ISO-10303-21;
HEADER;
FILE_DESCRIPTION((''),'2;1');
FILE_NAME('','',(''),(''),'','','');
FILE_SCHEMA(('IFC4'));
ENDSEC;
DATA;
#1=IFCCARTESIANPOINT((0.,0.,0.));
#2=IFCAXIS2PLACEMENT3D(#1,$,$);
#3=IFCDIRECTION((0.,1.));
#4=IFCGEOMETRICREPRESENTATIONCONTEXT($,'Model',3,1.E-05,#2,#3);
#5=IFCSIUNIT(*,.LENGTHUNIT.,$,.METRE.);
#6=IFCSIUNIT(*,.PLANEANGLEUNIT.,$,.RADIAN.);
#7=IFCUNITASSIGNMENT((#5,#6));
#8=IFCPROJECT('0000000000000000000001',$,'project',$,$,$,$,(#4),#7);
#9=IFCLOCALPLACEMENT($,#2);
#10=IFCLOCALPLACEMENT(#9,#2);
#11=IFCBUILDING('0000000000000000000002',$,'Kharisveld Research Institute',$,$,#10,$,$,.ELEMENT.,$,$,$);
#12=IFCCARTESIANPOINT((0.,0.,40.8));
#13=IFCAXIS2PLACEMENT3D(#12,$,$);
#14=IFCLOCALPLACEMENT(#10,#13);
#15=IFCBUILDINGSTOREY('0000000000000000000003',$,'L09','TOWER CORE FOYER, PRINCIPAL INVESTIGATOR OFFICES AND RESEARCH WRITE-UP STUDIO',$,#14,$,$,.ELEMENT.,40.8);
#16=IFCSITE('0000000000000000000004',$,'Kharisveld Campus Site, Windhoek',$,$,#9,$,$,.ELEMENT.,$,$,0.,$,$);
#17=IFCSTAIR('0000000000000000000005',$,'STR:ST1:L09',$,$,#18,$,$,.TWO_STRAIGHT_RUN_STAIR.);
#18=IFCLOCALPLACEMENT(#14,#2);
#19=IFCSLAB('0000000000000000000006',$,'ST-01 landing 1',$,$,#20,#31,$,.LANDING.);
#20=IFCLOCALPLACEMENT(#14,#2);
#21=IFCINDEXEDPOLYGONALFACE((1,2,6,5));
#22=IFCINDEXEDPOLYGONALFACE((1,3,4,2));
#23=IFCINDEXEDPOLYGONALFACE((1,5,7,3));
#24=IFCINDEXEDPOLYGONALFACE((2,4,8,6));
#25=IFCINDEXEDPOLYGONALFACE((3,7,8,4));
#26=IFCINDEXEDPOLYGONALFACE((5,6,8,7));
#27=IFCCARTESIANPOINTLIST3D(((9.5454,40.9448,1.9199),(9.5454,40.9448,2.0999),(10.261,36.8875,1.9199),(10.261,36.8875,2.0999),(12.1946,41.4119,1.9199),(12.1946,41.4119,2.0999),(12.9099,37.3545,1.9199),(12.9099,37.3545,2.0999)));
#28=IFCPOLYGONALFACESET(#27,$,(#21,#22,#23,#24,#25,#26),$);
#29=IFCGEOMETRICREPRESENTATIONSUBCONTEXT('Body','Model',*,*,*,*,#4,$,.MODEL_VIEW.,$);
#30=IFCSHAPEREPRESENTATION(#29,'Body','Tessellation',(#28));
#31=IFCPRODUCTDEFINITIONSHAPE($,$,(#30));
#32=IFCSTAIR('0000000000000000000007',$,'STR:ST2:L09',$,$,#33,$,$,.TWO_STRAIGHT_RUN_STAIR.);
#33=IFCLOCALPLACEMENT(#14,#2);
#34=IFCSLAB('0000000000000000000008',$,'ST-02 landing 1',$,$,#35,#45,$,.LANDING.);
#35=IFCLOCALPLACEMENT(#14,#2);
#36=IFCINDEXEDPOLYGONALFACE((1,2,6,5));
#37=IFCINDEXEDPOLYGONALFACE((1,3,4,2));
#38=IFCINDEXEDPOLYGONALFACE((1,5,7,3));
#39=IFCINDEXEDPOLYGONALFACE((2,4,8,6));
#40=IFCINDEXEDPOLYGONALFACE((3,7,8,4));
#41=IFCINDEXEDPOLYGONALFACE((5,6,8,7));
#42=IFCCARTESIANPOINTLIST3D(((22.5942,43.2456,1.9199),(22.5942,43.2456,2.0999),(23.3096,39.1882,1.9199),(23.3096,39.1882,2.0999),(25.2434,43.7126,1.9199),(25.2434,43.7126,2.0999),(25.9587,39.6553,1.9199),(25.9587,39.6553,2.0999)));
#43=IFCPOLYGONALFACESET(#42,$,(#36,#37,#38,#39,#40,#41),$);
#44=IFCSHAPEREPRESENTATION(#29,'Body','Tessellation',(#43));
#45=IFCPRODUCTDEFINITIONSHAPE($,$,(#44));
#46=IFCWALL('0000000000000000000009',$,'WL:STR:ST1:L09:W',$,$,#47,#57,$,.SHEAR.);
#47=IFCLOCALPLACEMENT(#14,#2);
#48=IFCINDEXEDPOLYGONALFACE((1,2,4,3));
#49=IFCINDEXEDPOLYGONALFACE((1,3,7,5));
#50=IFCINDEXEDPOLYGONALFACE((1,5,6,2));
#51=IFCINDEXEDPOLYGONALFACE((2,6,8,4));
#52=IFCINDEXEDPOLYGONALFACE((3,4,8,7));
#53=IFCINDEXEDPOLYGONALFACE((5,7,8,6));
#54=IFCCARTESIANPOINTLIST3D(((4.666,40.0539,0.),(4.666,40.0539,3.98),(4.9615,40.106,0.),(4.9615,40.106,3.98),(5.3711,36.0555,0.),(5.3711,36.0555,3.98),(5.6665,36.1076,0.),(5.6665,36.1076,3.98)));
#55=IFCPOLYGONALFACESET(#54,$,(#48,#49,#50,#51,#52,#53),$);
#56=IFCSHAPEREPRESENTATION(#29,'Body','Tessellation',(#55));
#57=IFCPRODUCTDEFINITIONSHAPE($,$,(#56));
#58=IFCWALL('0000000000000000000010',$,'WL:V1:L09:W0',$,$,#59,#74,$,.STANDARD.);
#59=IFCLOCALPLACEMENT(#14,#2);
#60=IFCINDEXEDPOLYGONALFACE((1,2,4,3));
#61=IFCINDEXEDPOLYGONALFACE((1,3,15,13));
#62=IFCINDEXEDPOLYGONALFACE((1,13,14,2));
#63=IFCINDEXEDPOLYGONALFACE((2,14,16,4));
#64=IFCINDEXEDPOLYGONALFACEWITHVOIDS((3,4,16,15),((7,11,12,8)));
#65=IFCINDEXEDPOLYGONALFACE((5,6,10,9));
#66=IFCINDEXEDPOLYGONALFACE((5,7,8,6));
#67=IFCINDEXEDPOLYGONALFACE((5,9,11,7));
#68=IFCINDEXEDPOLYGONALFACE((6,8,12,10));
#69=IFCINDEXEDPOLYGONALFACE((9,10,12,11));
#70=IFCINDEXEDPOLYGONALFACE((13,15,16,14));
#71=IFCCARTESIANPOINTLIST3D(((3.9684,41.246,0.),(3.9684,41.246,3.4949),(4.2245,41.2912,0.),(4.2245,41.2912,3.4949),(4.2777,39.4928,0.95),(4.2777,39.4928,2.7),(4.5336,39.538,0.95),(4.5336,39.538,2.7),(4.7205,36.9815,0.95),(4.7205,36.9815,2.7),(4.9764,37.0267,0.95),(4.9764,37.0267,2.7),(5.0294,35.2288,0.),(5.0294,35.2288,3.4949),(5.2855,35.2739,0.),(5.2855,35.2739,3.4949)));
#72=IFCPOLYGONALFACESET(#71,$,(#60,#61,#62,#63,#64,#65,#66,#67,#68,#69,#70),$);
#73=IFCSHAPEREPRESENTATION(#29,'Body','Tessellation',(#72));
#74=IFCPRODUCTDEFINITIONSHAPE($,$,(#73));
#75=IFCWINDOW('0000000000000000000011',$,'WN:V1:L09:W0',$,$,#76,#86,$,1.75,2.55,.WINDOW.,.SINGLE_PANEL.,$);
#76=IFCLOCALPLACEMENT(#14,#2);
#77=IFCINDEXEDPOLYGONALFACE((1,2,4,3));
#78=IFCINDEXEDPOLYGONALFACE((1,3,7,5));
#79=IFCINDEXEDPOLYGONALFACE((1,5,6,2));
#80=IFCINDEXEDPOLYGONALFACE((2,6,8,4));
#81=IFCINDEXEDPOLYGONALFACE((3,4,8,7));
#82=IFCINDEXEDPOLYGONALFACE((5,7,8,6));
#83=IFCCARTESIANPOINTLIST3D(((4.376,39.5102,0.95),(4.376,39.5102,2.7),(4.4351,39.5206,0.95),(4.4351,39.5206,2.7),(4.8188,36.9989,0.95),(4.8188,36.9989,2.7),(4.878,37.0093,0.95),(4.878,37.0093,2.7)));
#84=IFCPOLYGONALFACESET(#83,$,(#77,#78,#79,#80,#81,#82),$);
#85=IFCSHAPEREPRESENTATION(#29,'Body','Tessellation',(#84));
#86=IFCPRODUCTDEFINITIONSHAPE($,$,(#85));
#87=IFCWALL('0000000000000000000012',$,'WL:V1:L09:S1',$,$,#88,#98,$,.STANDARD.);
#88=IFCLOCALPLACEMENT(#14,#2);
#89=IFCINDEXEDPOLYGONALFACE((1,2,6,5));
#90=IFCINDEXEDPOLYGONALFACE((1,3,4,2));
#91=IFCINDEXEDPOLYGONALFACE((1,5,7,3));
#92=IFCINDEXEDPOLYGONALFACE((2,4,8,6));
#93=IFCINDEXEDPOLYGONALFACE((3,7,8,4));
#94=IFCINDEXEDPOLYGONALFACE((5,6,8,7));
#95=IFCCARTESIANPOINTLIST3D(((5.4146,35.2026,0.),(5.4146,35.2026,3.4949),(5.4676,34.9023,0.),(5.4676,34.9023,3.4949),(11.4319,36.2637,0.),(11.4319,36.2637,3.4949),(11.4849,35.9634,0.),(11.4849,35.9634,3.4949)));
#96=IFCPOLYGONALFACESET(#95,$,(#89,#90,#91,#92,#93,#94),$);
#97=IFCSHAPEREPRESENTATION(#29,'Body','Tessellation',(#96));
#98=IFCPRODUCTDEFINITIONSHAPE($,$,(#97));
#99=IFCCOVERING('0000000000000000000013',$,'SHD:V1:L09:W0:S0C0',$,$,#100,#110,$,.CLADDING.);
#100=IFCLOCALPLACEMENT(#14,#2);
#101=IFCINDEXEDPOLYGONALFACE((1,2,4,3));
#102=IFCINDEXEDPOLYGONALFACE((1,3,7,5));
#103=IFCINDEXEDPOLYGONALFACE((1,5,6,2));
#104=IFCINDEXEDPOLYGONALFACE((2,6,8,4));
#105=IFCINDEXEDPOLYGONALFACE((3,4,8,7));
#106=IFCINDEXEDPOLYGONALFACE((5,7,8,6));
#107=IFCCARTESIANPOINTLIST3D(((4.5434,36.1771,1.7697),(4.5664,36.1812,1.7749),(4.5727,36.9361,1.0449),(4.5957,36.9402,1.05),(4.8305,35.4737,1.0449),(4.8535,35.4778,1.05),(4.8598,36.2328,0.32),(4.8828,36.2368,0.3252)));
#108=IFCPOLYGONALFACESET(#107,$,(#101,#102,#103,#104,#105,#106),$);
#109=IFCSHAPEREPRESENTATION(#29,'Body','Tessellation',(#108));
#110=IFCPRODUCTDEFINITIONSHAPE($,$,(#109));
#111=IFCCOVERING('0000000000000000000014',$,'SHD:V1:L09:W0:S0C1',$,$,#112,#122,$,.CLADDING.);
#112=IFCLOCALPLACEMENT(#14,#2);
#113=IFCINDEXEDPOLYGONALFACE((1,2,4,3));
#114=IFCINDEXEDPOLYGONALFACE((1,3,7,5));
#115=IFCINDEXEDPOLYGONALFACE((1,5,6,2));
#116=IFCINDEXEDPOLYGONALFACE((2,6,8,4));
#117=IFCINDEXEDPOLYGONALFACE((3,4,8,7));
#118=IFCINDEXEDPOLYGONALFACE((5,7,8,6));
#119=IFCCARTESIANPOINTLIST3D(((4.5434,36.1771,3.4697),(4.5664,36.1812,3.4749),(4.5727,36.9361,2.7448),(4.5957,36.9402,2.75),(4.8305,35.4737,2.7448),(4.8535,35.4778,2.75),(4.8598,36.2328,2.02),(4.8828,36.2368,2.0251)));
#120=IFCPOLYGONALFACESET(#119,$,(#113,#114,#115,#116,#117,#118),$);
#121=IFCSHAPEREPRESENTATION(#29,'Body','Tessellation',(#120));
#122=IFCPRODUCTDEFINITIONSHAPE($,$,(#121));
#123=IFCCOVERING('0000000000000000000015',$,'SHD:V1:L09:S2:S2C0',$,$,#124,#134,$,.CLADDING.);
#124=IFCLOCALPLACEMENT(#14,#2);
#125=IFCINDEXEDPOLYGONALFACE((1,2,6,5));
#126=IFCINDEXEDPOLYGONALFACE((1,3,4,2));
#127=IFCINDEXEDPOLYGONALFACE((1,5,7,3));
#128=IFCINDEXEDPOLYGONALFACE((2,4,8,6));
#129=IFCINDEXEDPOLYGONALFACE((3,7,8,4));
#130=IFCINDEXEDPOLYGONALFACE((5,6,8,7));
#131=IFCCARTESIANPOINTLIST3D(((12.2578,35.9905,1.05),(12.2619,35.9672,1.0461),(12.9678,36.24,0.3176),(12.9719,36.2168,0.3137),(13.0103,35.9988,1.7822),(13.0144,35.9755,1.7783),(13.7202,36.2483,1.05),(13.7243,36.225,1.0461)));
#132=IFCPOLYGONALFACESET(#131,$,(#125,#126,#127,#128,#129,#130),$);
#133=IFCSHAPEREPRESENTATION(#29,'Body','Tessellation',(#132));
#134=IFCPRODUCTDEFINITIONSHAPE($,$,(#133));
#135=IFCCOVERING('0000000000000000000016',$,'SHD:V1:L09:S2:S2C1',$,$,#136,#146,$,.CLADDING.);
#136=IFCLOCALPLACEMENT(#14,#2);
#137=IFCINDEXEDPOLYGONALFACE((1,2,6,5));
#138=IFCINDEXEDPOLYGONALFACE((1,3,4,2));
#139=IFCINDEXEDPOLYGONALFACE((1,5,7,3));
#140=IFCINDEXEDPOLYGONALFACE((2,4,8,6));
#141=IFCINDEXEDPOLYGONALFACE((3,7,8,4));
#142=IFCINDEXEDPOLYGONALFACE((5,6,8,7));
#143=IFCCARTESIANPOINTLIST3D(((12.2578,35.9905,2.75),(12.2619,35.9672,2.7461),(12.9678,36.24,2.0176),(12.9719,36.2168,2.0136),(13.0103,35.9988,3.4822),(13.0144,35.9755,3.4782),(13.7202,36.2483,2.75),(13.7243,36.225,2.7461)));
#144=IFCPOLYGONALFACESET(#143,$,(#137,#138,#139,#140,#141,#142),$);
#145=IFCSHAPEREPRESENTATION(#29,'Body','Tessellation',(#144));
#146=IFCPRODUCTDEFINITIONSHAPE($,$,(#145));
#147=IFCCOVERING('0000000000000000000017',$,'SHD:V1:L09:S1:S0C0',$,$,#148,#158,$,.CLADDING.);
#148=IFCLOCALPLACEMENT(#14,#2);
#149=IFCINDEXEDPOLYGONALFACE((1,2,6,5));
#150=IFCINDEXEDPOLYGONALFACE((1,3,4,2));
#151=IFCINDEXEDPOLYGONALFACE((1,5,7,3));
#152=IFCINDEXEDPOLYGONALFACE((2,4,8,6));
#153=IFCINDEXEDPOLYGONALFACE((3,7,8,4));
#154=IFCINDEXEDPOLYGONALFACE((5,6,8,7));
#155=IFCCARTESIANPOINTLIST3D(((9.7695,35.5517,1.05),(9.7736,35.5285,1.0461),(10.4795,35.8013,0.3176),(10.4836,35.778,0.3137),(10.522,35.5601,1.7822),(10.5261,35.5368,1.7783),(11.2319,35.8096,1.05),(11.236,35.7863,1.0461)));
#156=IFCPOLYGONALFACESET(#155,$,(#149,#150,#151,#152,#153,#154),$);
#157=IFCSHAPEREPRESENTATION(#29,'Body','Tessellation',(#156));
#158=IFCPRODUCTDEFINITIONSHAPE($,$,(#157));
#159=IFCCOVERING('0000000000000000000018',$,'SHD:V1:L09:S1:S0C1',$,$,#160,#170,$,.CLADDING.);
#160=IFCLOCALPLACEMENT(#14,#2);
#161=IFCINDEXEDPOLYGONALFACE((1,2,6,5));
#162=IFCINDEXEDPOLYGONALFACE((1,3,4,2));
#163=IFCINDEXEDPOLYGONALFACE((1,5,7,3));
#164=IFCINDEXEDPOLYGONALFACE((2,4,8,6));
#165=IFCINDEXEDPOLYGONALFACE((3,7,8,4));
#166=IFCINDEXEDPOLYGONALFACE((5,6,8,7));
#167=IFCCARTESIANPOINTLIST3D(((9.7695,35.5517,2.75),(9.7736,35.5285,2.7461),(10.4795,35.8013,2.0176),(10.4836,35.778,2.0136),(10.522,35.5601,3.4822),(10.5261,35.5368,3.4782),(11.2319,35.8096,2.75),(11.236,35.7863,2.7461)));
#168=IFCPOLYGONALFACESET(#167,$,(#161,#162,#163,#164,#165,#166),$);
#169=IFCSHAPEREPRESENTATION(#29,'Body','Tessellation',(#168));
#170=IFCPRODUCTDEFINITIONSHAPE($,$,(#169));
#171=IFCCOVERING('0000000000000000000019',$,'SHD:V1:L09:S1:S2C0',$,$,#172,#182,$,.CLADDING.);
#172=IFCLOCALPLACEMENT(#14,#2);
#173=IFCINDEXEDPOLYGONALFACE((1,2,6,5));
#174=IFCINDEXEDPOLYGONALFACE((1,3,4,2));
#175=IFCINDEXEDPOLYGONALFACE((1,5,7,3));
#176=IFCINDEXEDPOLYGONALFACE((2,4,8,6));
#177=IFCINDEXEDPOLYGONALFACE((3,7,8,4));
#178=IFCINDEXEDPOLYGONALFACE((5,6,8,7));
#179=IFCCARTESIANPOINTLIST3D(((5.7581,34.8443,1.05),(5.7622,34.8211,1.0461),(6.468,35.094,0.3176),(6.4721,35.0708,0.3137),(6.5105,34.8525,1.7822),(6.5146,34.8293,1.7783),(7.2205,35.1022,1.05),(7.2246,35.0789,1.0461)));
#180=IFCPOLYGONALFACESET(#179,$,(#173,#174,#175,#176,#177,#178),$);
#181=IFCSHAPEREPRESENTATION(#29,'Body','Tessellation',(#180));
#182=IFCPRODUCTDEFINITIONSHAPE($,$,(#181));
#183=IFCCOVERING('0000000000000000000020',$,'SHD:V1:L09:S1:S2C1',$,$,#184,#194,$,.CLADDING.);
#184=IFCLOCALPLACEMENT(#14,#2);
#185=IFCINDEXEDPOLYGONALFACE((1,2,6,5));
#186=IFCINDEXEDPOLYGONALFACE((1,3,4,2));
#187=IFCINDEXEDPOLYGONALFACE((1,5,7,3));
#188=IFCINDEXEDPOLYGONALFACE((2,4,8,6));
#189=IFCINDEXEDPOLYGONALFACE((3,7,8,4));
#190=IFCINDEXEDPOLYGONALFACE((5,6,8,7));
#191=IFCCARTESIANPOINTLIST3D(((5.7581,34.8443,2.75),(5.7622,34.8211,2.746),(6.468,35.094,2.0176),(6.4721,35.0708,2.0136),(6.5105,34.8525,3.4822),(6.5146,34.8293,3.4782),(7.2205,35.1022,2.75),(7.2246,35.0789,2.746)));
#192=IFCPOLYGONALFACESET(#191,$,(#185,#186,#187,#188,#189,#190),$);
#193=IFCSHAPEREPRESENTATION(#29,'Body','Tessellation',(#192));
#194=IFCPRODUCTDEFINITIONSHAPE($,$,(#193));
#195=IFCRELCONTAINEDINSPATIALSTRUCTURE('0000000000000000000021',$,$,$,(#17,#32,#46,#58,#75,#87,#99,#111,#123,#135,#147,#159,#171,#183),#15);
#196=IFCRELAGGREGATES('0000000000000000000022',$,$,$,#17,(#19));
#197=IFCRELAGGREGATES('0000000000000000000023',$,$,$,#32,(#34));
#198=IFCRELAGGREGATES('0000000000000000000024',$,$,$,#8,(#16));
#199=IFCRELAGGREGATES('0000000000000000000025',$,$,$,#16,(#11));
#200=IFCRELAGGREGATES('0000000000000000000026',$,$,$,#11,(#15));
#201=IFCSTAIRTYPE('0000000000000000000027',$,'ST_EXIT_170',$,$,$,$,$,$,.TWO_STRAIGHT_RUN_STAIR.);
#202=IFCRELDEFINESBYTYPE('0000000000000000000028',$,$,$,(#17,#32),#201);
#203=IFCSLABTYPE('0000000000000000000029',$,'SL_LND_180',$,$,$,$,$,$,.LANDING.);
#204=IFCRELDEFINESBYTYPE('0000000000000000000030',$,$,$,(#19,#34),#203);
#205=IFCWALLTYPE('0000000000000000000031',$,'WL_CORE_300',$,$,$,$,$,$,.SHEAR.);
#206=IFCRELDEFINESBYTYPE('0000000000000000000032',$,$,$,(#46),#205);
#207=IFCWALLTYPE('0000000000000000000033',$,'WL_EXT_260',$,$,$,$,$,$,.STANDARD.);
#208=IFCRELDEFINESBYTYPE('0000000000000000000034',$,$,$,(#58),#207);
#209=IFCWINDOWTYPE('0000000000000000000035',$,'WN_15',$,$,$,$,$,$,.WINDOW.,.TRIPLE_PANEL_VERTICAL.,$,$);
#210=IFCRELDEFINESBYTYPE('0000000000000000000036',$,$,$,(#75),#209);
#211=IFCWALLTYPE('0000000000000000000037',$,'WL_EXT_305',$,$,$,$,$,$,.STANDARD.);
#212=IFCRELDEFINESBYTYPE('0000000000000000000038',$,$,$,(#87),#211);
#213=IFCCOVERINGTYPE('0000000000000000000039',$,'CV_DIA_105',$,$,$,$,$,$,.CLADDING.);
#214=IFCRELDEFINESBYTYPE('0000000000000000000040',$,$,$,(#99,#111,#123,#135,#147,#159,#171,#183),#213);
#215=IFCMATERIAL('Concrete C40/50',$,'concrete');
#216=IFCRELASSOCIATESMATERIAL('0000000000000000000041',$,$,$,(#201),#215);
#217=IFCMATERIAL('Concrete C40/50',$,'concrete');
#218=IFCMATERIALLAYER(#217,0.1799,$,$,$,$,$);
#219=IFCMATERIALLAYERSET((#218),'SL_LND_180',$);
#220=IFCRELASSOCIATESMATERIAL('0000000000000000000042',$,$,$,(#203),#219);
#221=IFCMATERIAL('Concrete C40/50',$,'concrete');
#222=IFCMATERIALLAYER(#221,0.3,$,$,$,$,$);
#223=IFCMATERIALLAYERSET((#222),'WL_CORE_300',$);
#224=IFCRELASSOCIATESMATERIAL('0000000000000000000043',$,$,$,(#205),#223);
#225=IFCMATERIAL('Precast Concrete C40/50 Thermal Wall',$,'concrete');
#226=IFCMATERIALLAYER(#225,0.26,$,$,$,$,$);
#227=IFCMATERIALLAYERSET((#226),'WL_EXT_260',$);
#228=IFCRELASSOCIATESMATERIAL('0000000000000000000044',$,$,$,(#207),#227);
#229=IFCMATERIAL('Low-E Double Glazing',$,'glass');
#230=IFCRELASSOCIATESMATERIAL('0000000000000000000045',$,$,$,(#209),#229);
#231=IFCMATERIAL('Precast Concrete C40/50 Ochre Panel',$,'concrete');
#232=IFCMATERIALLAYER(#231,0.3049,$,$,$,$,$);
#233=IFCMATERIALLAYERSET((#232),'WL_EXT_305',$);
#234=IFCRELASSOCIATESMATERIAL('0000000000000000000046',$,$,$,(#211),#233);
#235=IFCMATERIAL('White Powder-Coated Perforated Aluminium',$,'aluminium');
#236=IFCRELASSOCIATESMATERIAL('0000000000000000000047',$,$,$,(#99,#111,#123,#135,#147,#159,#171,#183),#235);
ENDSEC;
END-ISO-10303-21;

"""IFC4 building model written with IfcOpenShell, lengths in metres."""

from ifc_helpers import new_model, si_unit, direction, frame, frame_2d, origin, place, context, subcontext, project, spatial, polyline, rectangle, outline, extrude, material, layer, layer_set, type_object, element, fill, aggregate, save


model = new_model("IFC4")

# Units and contexts
model_context = context("Model", 3, precision=1e-05, world=origin(), true_north=direction((0.0, 1.0)))
body_context = subcontext(model_context, "Body", "Model", "MODEL_VIEW")
ifc_project = project(units=[si_unit("LENGTHUNIT", "METRE"), si_unit("PLANEANGLEUNIT", "RADIAN")], contexts=[model_context])

# Site, building, storey
site_placement = place(None, origin())
site = spatial("IfcSite", under=ifc_project, at=site_placement, Name="Kharisveld Campus Site, Windhoek", CompositionType="ELEMENT", RefElevation=0.0)
building_placement = place(site_placement, origin())
building = spatial("IfcBuilding", under=site, at=building_placement, Name="Kharisveld Research Institute", CompositionType="ELEMENT")
storey_placement = place(building_placement, frame((0.0, 0.0, 40.8)))
storey = spatial("IfcBuildingStorey", under=building, at=storey_placement, Name="L09", Description="TOWER CORE FOYER, PRINCIPAL INVESTIGATOR OFFICES AND RESEARCH WRITE-UP STUDIO", CompositionType="ELEMENT", Elevation=40.8)

# Stairs, slabs
ifc_material_1 = material(Name="Concrete C40/50", Category="concrete")
stair_type = type_object("IfcStairType", Name="ST_EXIT_170", PredefinedType="TWO_STRAIGHT_RUN_STAIR", material=ifc_material_1)
stair_1_placement = place(storey_placement, origin())
stair_1 = element("IfcStair", 1, at=stair_1_placement, inside=storey, type_object=stair_type, Name="STR:ST1:L09", PredefinedType="TWO_STRAIGHT_RUN_STAIR")
ifc_material_2 = material(Name="Concrete C40/50", Category="concrete")
ifc_layer_1 = layer(ifc_material_2, 0.1799)
ifc_layer_set_1 = layer_set([ifc_layer_1], Name="SL_LND_180")
slab_type_1 = type_object("IfcSlabType", Name="SL_LND_180", PredefinedType="LANDING", material=ifc_layer_set_1)
slab_1_placement = place(storey_placement, frame((0.0, 0.0, 1.9199)))
slab_1 = element("IfcSlab", 2, at=slab_1_placement, type_object=slab_type_1, Name="ST-01 landing 1", PredefinedType="LANDING", context=body_context, shape_type="SweptSolid", body=[
    extrude(outline(polyline([(10.261, 36.8875), (12.9099, 37.3545), (12.1946, 41.4119), (9.5454, 40.9448), (10.261, 36.8875)])), origin(), (0.0, 0.0, 1.0), 0.1799),
])
aggregate(stair_1, [slab_1])
stair_2_placement = place(storey_placement, origin())
stair_2 = element("IfcStair", 3, at=stair_2_placement, inside=storey, type_object=stair_type, Name="STR:ST2:L09", PredefinedType="TWO_STRAIGHT_RUN_STAIR")
slab_2_placement = place(storey_placement, frame((0.0, 0.0, 1.9199)))
slab_2 = element("IfcSlab", 4, at=slab_2_placement, type_object=slab_type_1, Name="ST-02 landing 1", PredefinedType="LANDING", context=body_context, shape_type="SweptSolid", body=[
    extrude(outline(polyline([(23.3096, 39.1882), (25.9587, 39.6553), (25.2434, 43.7126), (22.5942, 43.2456), (23.3096, 39.1882)])), origin(), (0.0, 0.0, 1.0), 0.1799),
])
aggregate(stair_2, [slab_2])

# Wall
ifc_material_3 = material(Name="Concrete C40/50", Category="concrete")
ifc_layer_2 = layer(ifc_material_3, 0.3)
ifc_layer_set_2 = layer_set([ifc_layer_2], Name="WL_CORE_300")
wall_type_1 = type_object("IfcWallType", Name="WL_CORE_300", PredefinedType="SHEAR", material=ifc_layer_set_2)
wall_1_placement = place(storey_placement, frame((5.5188, 36.0815, 0.0), z_axis=(0.0, 0.0, 1.0), x_axis=(-0.173665, 0.984805, 0.0)))
element("IfcWall", 5, at=wall_1_placement, inside=storey, type_object=wall_type_1, Name="WL:STR:ST1:L09:W", PredefinedType="SHEAR", context=body_context, shape_type="SweptSolid", body=[
    extrude(rectangle(XDim=4.0601, YDim=0.3, at=frame_2d((2.03, 0.0))), origin(), (0.0, 0.0, 1.0), 3.98),
])

# Wall, opening, window
ifc_material_4 = material(Name="Precast Concrete C40/50 Thermal Wall", Category="concrete")
ifc_layer_3 = layer(ifc_material_4, 0.26)
ifc_layer_set_3 = layer_set([ifc_layer_3], Name="WL_EXT_260")
wall_type_2 = type_object("IfcWallType", Name="WL_EXT_260", PredefinedType="STANDARD", material=ifc_layer_set_3)
wall_2_placement = place(storey_placement, frame((5.1575, 35.2512, 0.0), z_axis=(0.0, 0.0, 1.0), x_axis=(-0.173651, 0.984807, 0.0)))
wall_2 = element("IfcWall", 6, at=wall_2_placement, inside=storey, type_object=wall_type_2, Name="WL:V1:L09:W0", PredefinedType="STANDARD", context=body_context, shape_type="SweptSolid", body=[
    extrude(rectangle(XDim=6.1101, YDim=0.26, at=frame_2d((3.0552, 0.0))), origin(), (0.0, 0.0, 1.0), 3.4949),
])
opening_placement = place(wall_2_placement, frame((1.78, 0.0, 0.95)))
opening = element("IfcOpeningElement", 7, at=opening_placement, cuts=wall_2, PredefinedType="OPENING", context=body_context, shape_type="SweptSolid", body=[
    extrude(rectangle(XDim=2.55, YDim=1.75, at=frame_2d((1.2749, 0.875))), frame((0.0, 0.1299, 0.0), z_axis=(0.0, -1.0, 0.0), x_axis=(1.0, 0.0, 0.0)), (0.0, 0.0, 1.0), 0.26),
])
ifc_material_5 = material(Name="Low-E Double Glazing", Category="glass")
window_type = type_object("IfcWindowType", Name="WN_15", PartitioningType="TRIPLE_PANEL_VERTICAL", PredefinedType="WINDOW", material=ifc_material_5)
window_placement = place(opening_placement, origin())
window = element("IfcWindow", 8, at=window_placement, inside=storey, type_object=window_type, Name="WN:V1:L09:W0", OverallHeight=1.75, OverallWidth=2.55, PartitioningType="SINGLE_PANEL", PredefinedType="WINDOW", context=body_context, shape_type="SweptSolid", body=[
    extrude(rectangle(XDim=2.55, YDim=1.75, at=frame_2d((1.2749, 0.875))), frame((0.0, 0.03, 0.0), z_axis=(0.0, -1.0, 0.0), x_axis=(1.0, 0.0, 0.0)), (0.0, 0.0, 1.0), 0.0601),
])
fill(opening, window)

# Wall
ifc_material_6 = material(Name="Precast Concrete C40/50 Ochre Panel", Category="concrete")
ifc_layer_4 = layer(ifc_material_6, 0.3049)
ifc_layer_set_4 = layer_set([ifc_layer_4], Name="WL_EXT_305")
wall_type_3 = type_object("IfcWallType", Name="WL_EXT_305", PredefinedType="STANDARD", material=ifc_layer_set_4)
wall_3_placement = place(storey_placement, frame((11.4585, 36.1135, 0.0), z_axis=(0.0, 0.0, 1.0), x_axis=(-0.984807, -0.173651, 0.0)))
element("IfcWall", 9, at=wall_3_placement, inside=storey, type_object=wall_type_3, Name="WL:V1:L09:S1", PredefinedType="STANDARD", context=body_context, shape_type="SweptSolid", body=[
    extrude(rectangle(XDim=6.1101, YDim=0.3049, at=frame_2d((3.0552, 0.0))), origin(), (0.0, 0.0, 1.0), 3.4949),
])

# Coverings
ifc_material_7 = material(Name="White Powder-Coated Perforated Aluminium", Category="aluminium")
covering_type = type_object("IfcCoveringType", Name="CV_DIA_105", PredefinedType="CLADDING")
for number, where, z_axis, x_axis, name in (
    (10, (4.8828, 36.2368, 0.3252), (0.961487, 0.169504, 0.216358), (-0.273429, 0.669853, 0.690314), "SHD:V1:L09:W0:S0C0"),
    (11, (4.8828, 36.2368, 2.0251), (0.961487, 0.169504, 0.216358), (-0.273429, 0.669853, 0.690314), "SHD:V1:L09:W0:S0C1"),
):
    element("IfcCovering", number, at=place(storey_placement, frame(where, z_axis=z_axis, x_axis=x_axis)), inside=storey, type_object=covering_type, material=ifc_material_7, Name=name, PredefinedType="CLADDING", context=body_context, shape_type="SweptSolid", body=[
        extrude(outline(polyline([(0.0, 0.0), (1.05, 0.0), (1.05, 1.05), (-0.0001, 1.05), (0.0, 0.0)])), origin(), (0.0, 0.0, -1.0), 0.0239),
    ])
for number, where, z_axis, x_axis, name in (
    (12, (12.9678, 36.24, 0.3176), (-0.171239, 0.971325, 0.164938), (-0.676076, -0.237623, 0.697465), "SHD:V1:L09:S2:S2C0"),
    (13, (12.9678, 36.24, 2.0176), (-0.171239, 0.971325, 0.164938), (-0.676076, -0.237623, 0.697465), "SHD:V1:L09:S2:S2C1"),
    (14, (10.4795, 35.8013, 0.3176), (-0.171239, 0.971325, 0.164938), (-0.676076, -0.237623, 0.697465), "SHD:V1:L09:S1:S0C0"),
    (15, (10.4795, 35.8013, 2.0176), (-0.171239, 0.971325, 0.164938), (-0.676076, -0.237623, 0.697465), "SHD:V1:L09:S1:S0C1"),
):
    element("IfcCovering", number, at=place(storey_placement, frame(where, z_axis=z_axis, x_axis=x_axis)), inside=storey, type_object=covering_type, material=ifc_material_7, Name=name, PredefinedType="CLADDING", context=body_context, shape_type="SweptSolid", body=[
        extrude(outline(polyline([(0.0, 0.0), (1.0501, 0.0), (1.0501, 1.0499), (0.0002, 1.0501), (0.0, 0.0)])), origin(), (0.0, 0.0, -1.0), 0.0239),
    ])
for number, where, z_axis, x_axis, name in (
    (16, (6.468, 35.094, 0.3176), (-0.171234, 0.971299, 0.165096), (-0.676056, -0.237732, 0.697446), "SHD:V1:L09:S1:S2C0"),
    (17, (6.468, 35.094, 2.0176), (-0.171234, 0.971299, 0.165096), (-0.676056, -0.237732, 0.697446), "SHD:V1:L09:S1:S2C1"),
):
    element("IfcCovering", number, at=place(storey_placement, frame(where, z_axis=z_axis, x_axis=x_axis)), inside=storey, type_object=covering_type, material=ifc_material_7, Name=name, PredefinedType="CLADDING", context=body_context, shape_type="SweptSolid", body=[
        extrude(outline(polyline([(0.0, 0.0), (1.0501, 0.0), (1.0502, 1.0499), (0.0002, 1.0501), (0.0, 0.0)])), origin(), (0.0, 0.0, -1.0), 0.0239),
    ])

save(model, "model.ifc")
